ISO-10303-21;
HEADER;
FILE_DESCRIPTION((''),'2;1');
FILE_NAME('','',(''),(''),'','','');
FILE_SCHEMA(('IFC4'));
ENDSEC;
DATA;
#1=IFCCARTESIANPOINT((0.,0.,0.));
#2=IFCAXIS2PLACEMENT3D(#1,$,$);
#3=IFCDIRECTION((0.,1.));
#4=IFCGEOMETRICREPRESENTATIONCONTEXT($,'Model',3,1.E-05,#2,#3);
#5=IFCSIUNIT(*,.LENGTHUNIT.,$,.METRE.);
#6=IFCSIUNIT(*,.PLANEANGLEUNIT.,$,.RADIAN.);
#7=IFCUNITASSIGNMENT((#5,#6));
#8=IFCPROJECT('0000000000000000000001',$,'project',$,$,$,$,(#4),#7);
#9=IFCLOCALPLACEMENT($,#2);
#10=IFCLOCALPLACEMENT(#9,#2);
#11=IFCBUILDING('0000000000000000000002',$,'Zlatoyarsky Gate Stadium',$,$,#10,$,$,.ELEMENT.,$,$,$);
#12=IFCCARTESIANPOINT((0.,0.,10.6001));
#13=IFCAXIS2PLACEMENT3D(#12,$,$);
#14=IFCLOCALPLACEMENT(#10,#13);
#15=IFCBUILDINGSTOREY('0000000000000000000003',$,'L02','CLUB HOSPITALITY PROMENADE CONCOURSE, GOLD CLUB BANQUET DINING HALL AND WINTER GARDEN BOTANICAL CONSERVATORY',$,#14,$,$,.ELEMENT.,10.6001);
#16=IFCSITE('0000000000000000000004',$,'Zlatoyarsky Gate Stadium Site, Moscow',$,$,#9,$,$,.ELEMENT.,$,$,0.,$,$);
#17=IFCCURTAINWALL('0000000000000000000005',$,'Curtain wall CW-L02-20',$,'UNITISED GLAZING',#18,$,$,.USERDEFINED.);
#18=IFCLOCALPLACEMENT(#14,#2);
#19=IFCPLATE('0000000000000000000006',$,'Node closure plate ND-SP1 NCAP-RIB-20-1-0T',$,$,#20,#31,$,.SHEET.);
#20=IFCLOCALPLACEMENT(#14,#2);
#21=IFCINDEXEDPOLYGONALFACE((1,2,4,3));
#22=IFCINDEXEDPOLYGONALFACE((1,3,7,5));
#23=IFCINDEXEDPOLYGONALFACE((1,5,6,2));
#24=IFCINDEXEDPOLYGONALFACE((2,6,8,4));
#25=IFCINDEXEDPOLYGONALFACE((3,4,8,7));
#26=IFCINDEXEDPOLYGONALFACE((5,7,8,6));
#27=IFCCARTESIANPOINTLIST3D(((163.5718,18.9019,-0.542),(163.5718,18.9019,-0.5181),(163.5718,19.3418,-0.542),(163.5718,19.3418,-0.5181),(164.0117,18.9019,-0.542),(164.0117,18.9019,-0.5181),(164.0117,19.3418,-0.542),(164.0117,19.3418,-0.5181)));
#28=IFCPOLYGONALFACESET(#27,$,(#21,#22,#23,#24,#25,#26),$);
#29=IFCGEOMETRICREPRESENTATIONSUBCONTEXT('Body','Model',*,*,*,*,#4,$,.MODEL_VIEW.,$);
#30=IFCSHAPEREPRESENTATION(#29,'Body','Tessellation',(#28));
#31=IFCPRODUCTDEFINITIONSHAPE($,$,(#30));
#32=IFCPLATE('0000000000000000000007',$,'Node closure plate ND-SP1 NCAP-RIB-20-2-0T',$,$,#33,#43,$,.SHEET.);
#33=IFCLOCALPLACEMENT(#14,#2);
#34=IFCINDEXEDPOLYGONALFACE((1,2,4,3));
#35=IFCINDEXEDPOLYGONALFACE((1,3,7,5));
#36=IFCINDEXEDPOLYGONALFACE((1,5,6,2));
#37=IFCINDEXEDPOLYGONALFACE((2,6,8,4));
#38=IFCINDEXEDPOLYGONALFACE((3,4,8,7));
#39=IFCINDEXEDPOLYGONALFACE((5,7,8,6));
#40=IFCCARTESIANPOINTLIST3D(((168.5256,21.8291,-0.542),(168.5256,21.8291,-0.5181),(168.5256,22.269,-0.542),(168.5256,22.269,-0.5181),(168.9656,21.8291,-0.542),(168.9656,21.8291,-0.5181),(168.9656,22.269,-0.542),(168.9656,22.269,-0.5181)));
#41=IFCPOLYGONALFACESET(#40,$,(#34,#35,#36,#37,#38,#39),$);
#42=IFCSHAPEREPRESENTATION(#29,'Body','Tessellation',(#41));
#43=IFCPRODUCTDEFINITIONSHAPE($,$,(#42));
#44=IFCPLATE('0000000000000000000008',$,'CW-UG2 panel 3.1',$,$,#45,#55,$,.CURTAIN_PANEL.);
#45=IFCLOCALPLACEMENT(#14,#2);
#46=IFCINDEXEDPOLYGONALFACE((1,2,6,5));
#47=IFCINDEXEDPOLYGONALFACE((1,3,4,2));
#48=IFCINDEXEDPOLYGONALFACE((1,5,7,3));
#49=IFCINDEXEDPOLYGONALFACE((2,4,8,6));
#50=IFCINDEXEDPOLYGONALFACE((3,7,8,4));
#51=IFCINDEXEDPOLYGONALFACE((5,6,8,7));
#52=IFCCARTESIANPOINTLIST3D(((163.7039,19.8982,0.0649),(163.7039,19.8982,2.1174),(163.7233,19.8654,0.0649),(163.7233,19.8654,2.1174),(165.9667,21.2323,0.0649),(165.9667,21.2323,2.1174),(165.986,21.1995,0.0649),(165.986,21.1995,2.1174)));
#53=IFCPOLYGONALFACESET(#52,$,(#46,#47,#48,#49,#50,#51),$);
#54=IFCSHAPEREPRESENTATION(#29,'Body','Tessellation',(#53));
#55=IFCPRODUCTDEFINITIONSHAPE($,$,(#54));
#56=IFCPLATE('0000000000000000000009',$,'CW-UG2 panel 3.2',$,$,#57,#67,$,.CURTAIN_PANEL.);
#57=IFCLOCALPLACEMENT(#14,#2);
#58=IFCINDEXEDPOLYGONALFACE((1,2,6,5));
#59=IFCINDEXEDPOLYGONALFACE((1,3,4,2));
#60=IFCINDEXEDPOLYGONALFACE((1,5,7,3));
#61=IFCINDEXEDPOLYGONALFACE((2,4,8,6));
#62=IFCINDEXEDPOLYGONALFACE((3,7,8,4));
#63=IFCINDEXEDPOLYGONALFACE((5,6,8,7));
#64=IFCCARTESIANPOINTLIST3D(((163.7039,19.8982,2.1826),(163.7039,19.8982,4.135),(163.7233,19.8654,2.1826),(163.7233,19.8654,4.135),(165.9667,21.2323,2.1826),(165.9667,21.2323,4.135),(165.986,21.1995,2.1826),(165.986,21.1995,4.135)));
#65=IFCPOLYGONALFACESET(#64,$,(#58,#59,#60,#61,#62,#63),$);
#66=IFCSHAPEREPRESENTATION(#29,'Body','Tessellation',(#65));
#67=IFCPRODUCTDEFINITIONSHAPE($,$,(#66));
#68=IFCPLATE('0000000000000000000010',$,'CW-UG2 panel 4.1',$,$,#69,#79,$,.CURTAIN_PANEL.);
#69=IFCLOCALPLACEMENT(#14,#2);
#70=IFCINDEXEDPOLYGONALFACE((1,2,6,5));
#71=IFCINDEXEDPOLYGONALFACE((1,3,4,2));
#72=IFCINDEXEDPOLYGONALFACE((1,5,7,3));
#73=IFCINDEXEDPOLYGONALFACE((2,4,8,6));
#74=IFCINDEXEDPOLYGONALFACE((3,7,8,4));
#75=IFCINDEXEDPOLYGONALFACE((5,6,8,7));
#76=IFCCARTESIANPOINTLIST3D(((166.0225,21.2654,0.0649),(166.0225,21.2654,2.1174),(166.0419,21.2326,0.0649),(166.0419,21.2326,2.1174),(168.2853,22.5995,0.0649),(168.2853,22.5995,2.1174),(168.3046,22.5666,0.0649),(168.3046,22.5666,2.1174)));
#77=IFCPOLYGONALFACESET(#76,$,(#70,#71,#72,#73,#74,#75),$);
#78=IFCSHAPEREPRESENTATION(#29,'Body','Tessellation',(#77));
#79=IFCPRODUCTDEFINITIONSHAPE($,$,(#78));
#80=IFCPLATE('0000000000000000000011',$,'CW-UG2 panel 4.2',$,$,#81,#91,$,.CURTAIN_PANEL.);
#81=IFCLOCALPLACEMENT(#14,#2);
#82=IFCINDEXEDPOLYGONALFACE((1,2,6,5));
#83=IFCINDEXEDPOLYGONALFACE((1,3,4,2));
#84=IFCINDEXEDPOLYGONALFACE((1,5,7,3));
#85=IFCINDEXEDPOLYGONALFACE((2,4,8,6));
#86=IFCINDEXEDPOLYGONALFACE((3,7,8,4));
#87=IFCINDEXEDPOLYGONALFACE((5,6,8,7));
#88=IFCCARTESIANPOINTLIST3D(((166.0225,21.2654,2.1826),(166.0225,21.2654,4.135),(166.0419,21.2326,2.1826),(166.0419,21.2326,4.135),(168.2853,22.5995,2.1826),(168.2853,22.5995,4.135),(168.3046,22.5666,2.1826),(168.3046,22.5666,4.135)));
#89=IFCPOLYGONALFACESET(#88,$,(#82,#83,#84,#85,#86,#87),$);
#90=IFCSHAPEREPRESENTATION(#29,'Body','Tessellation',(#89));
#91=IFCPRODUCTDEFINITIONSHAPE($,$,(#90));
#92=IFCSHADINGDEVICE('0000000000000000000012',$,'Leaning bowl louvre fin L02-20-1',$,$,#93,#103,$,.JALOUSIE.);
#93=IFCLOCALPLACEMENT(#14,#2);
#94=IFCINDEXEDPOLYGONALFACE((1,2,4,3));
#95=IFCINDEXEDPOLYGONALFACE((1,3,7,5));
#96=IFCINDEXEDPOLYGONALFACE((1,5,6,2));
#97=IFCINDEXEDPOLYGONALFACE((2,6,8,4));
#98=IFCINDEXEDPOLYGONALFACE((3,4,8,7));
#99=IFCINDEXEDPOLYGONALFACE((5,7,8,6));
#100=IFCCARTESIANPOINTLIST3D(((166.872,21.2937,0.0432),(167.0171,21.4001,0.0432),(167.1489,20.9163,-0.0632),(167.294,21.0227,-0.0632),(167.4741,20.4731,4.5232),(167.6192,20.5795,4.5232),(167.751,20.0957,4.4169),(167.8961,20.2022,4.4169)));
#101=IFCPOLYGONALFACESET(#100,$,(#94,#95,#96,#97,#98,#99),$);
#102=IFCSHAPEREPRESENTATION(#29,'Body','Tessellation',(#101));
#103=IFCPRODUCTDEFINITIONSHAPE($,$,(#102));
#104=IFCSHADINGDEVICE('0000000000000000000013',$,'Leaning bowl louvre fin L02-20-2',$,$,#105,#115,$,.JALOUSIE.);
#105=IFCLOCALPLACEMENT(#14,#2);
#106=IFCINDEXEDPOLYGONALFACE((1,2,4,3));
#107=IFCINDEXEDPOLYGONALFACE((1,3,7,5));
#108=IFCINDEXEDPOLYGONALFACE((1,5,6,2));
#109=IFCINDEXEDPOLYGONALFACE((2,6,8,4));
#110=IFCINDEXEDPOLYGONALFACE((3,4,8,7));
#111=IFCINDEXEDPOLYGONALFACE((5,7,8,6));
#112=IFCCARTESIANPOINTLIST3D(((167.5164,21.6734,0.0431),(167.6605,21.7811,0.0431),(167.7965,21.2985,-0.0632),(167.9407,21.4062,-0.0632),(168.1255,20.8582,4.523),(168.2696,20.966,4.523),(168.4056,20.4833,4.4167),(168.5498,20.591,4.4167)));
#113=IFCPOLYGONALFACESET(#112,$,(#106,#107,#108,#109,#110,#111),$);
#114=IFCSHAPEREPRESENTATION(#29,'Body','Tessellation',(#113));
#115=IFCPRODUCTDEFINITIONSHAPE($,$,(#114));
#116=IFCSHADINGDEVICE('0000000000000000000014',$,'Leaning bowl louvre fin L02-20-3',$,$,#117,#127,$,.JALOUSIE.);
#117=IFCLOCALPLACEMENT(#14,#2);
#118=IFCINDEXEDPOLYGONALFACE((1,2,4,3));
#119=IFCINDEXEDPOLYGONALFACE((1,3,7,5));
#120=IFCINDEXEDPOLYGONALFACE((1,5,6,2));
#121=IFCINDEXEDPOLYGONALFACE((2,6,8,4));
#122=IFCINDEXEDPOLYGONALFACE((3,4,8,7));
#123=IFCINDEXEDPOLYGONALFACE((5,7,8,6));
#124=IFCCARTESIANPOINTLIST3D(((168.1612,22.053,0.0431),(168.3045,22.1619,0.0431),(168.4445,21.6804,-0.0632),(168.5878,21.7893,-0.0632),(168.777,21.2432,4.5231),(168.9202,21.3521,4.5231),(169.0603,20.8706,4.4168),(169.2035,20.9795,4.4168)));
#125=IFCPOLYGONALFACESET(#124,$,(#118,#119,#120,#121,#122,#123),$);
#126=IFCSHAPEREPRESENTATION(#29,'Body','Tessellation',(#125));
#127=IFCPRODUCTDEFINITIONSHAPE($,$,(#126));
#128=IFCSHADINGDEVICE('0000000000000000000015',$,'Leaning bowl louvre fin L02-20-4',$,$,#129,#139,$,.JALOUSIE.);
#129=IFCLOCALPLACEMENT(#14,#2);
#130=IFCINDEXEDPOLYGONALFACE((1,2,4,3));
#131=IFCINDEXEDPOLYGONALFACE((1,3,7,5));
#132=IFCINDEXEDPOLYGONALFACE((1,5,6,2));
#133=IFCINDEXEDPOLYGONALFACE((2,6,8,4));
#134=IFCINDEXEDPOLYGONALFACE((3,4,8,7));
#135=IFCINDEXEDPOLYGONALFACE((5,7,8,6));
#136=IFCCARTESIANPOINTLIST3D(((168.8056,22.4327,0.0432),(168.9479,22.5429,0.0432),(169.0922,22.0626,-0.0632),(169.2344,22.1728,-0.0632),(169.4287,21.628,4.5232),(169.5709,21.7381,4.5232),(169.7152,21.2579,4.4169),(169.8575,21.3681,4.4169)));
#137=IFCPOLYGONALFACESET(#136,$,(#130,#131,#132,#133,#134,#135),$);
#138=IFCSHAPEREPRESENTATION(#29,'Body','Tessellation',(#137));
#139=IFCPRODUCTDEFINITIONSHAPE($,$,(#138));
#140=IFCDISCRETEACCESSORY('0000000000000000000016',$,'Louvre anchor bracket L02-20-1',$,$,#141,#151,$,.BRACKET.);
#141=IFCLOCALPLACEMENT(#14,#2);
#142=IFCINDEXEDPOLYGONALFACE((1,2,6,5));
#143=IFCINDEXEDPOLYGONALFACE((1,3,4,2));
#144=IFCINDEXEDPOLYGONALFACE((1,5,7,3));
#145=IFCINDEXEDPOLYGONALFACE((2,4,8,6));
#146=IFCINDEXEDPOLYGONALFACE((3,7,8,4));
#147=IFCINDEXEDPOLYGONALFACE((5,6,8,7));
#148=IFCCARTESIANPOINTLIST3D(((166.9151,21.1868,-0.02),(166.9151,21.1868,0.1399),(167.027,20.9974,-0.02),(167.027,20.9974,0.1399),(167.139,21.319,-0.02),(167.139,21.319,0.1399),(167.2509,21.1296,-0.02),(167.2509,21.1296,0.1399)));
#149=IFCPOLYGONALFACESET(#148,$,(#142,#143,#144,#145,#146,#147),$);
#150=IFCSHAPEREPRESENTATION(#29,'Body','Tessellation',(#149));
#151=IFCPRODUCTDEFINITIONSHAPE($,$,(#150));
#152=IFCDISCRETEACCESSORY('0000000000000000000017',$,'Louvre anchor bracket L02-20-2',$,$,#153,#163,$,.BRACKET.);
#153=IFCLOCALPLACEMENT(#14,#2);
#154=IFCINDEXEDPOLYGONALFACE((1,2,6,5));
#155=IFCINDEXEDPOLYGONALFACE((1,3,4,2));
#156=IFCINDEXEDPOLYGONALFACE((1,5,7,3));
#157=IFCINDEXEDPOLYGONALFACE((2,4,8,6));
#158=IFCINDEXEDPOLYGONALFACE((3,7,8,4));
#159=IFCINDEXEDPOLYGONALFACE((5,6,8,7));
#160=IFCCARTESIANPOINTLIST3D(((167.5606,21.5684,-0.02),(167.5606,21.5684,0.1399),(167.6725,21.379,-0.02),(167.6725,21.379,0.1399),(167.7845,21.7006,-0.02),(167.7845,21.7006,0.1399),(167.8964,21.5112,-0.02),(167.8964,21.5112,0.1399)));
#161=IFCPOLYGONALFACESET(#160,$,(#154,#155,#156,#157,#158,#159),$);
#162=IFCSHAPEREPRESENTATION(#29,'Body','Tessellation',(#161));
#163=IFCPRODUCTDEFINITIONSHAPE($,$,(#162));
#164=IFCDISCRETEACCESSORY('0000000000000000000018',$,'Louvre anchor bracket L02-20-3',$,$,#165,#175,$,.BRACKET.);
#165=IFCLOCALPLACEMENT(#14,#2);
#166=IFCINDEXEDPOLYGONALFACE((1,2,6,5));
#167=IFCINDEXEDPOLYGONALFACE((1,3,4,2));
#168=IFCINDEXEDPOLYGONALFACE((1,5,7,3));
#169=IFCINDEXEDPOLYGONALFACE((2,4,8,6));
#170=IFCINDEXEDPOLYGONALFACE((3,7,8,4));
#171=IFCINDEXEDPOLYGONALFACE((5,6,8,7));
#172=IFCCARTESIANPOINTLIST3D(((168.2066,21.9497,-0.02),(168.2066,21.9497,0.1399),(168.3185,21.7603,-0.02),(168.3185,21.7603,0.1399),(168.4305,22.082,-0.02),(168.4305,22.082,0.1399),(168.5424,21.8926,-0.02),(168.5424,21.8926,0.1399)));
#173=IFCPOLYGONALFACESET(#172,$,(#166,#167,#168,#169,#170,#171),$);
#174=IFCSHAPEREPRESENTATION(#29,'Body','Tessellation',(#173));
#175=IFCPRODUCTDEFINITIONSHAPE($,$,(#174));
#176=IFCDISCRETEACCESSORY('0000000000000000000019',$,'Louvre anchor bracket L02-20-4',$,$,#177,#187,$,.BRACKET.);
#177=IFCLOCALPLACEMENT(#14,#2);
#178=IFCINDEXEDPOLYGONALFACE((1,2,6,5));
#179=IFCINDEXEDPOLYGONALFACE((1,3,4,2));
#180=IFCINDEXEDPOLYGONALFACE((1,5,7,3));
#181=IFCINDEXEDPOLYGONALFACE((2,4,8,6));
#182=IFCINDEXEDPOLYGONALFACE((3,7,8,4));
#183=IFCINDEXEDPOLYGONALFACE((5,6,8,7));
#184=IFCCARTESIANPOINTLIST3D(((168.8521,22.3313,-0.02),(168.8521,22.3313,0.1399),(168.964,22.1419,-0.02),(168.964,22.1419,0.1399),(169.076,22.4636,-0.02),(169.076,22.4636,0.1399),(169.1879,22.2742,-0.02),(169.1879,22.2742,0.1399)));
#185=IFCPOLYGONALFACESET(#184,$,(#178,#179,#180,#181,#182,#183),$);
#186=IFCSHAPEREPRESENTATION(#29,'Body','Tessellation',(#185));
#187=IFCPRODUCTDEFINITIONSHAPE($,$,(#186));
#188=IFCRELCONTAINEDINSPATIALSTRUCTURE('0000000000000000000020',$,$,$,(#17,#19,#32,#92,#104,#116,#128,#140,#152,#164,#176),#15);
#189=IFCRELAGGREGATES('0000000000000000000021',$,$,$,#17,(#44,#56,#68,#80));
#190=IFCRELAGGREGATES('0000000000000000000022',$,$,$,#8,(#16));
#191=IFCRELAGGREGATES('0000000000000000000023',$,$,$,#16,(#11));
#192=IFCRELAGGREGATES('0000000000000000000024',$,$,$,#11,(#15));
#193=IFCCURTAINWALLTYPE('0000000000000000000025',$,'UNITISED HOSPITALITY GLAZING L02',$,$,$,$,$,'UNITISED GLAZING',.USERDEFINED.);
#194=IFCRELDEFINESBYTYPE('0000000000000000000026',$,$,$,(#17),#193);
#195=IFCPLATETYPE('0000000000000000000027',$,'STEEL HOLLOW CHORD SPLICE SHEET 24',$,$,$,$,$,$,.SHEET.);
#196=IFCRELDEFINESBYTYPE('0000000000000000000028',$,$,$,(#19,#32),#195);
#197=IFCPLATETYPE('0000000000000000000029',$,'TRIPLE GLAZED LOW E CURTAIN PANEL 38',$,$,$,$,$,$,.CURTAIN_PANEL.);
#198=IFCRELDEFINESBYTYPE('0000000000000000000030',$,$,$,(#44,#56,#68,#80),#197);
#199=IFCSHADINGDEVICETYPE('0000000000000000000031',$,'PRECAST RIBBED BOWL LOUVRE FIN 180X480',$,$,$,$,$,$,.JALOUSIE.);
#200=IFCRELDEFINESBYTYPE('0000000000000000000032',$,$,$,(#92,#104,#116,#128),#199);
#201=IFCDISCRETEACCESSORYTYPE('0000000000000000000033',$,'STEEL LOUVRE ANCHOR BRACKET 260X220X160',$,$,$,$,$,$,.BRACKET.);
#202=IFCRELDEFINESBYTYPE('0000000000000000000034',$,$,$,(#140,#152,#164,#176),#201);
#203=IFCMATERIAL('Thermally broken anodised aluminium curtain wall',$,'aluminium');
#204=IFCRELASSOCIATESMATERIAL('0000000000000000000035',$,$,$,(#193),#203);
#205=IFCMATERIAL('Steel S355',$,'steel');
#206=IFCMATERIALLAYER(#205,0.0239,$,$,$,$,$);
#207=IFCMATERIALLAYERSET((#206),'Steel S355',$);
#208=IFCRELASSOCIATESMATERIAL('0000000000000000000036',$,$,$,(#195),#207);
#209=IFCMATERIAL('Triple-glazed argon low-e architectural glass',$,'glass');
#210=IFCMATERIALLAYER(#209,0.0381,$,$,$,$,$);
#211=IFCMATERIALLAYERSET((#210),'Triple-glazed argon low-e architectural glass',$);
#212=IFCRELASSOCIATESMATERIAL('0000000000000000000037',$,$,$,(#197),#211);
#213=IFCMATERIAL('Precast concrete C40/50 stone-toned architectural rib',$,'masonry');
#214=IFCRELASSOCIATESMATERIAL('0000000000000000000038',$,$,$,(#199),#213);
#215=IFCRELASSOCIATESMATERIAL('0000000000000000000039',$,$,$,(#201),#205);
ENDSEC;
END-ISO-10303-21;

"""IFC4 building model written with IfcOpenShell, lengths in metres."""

from ifc_helpers import new_model, si_unit, direction, frame, origin, origin_2d, place, context, subcontext, project, spatial, rectangle, extrude, material, layer, layer_set, material_profile, profile_set, type_object, element, aggregate, save


model = new_model("IFC4")

# Units and contexts
model_context = context("Model", 3, precision=1e-05, world=origin(), true_north=direction((0.0, 1.0)))
body_context = subcontext(model_context, "Body", "Model", "MODEL_VIEW")
ifc_project = project(units=[si_unit("LENGTHUNIT", "METRE"), si_unit("PLANEANGLEUNIT", "RADIAN")], contexts=[model_context])

# Site, building, storey
site_placement = place(None, origin())
site = spatial("IfcSite", under=ifc_project, at=site_placement, Name="Zlatoyarsky Gate Stadium Site, Moscow", CompositionType="ELEMENT", RefElevation=0.0)
building_placement = place(site_placement, origin())
building = spatial("IfcBuilding", under=site, at=building_placement, Name="Zlatoyarsky Gate Stadium", CompositionType="ELEMENT")
storey_placement = place(building_placement, frame((0.0, 0.0, 10.6001)))
storey = spatial("IfcBuildingStorey", under=building, at=storey_placement, Name="L02", Description="CLUB HOSPITALITY PROMENADE CONCOURSE, GOLD CLUB BANQUET DINING HALL AND WINTER GARDEN BOTANICAL CONSERVATORY", CompositionType="ELEMENT", Elevation=10.6001)

# Curtain wall
ifc_material_1 = material(Name="Thermally broken anodised aluminium curtain wall", Category="aluminium")
curtain_wall_type = type_object("IfcCurtainWallType", Name="UNITISED HOSPITALITY GLAZING L02", ElementType="UNITISED GLAZING", PredefinedType="USERDEFINED", material=ifc_material_1)
curtain_wall_placement = place(storey_placement, origin())
curtain_wall = element("IfcCurtainWall", 1, at=curtain_wall_placement, inside=storey, type_object=curtain_wall_type, Name="Curtain wall CW-L02-20", ObjectType="UNITISED GLAZING", PredefinedType="USERDEFINED")

# Shared definitions
ifc_material_2 = material(Name="Steel S355", Category="steel")

# Plates
ifc_layer_1 = layer(ifc_material_2, 0.0239)
ifc_layer_set_1 = layer_set([ifc_layer_1], Name="Steel S355")
plate_type_1 = type_object("IfcPlateType", Name="STEEL HOLLOW CHORD SPLICE SHEET 24", PredefinedType="SHEET", material=ifc_layer_set_1)
for number, where, z_axis, x_axis, name in (
    (2, (163.7917, 19.1218, -0.542), (0.0, 0.0, 1.0), (1.0, 0.0, 0.0), "Node closure plate ND-SP1 NCAP-RIB-20-1-0T"),
    (3, (168.7456, 22.0491, -0.542), (0.0, 0.0, 1.0), (1.0, 0.0, 0.0), "Node closure plate ND-SP1 NCAP-RIB-20-2-0T"),
):
    element("IfcPlate", number, at=place(storey_placement, frame(where, z_axis=z_axis, x_axis=x_axis)), inside=storey, type_object=plate_type_1, Name=name, PredefinedType="SHEET", context=body_context, shape_type="SweptSolid", body=[
        extrude(rectangle(XDim=0.4399, YDim=0.4399, at=origin_2d()), origin(), (0.0, 0.0, 1.0), 0.0239),
    ])

# Plates
ifc_material_3 = material(Name="Triple-glazed argon low-e architectural glass", Category="glass")
ifc_layer_2 = layer(ifc_material_3, 0.0381)
ifc_layer_set_2 = layer_set([ifc_layer_2], Name="Triple-glazed argon low-e architectural glass")
plate_type_2 = type_object("IfcPlateType", Name="TRIPLE GLAZED LOW E CURTAIN PANEL 38", PredefinedType="CURTAIN_PANEL", material=ifc_layer_set_2)
plate_1_placement = place(storey_placement, frame((164.845, 20.5488, 0.0649), z_axis=(0.0, 0.0, 1.0), x_axis=(0.861425, 0.507884, 0.0)))
plate_1 = element("IfcPlate", 4, at=plate_1_placement, type_object=plate_type_2, Name="CW-UG2 panel 3.1", PredefinedType="CURTAIN_PANEL", context=body_context, shape_type="SweptSolid", body=[
    extrude(rectangle(XDim=2.6267, YDim=0.0381, at=origin_2d()), origin(), (0.0, 0.0, 1.0), 2.0525),
])
plate_2_placement = place(storey_placement, frame((164.845, 20.5488, 2.1826), z_axis=(0.0, 0.0, 1.0), x_axis=(0.861425, 0.507884, 0.0)))
plate_2 = element("IfcPlate", 5, at=plate_2_placement, type_object=plate_type_2, Name="CW-UG2 panel 3.2", PredefinedType="CURTAIN_PANEL", context=body_context, shape_type="SweptSolid", body=[
    extrude(rectangle(XDim=2.6267, YDim=0.0381, at=origin_2d()), origin(), (0.0, 0.0, 1.0), 1.9524),
])
plate_3_placement = place(storey_placement, frame((167.1636, 21.916, 0.0649), z_axis=(0.0, 0.0, 1.0), x_axis=(0.861425, 0.507884, 0.0)))
plate_3 = element("IfcPlate", 6, at=plate_3_placement, type_object=plate_type_2, Name="CW-UG2 panel 4.1", PredefinedType="CURTAIN_PANEL", context=body_context, shape_type="SweptSolid", body=[
    extrude(rectangle(XDim=2.6267, YDim=0.0381, at=origin_2d()), origin(), (0.0, 0.0, 1.0), 2.0525),
])
plate_4_placement = place(storey_placement, frame((167.1636, 21.916, 2.1826), z_axis=(0.0, 0.0, 1.0), x_axis=(0.861425, 0.507884, 0.0)))
plate_4 = element("IfcPlate", 7, at=plate_4_placement, type_object=plate_type_2, Name="CW-UG2 panel 4.2", PredefinedType="CURTAIN_PANEL", context=body_context, shape_type="SweptSolid", body=[
    extrude(rectangle(XDim=2.6267, YDim=0.0381, at=origin_2d()), origin(), (0.0, 0.0, 1.0), 1.9524),
])
aggregate(curtain_wall, [plate_1, plate_2, plate_3, plate_4])

# Shading devices
ifc_material_4 = material(Name="Precast concrete C40/50 stone-toned architectural rib", Category="masonry")
ifc_material_profile_1 = material_profile(ifc_material_4, rectangle(XDim=0.1799, YDim=0.48, at=origin_2d()), Name="RIB 180X480")
ifc_profile_set_1 = profile_set([ifc_material_profile_1], Name="Precast concrete C40/50 stone-toned architectural rib")
shading_device_type = type_object("IfcShadingDeviceType", Name="PRECAST RIBBED BOWL LOUVRE FIN 180X480", PredefinedType="JALOUSIE", material=ifc_profile_set_1)
shading_device_1_placement = place(storey_placement, frame((167.083, 21.1582, -0.01), z_axis=(0.131048, -0.17861, 0.975154), x_axis=(0.80626, 0.591561, 0.0)))
element("IfcShadingDevice", 8, at=shading_device_1_placement, inside=storey, type_object=shading_device_type, Name="Leaning bowl louvre fin L02-20-1", PredefinedType="JALOUSIE", context=body_context, shape_type="SweptSolid", body=[
    extrude(rectangle(XDim=0.1799, YDim=0.48, at=origin_2d()), origin(), (0.0, 0.0, 1.0), 4.5942),
])
for number, where, z_axis, x_axis, name in (
    (9, (167.7285, 21.5398, -0.01), (0.13259, -0.177442, 0.975159), (0.801064, 0.598579, 0.0), "Leaning bowl louvre fin L02-20-2"),
    (10, (168.3745, 21.9211, -0.01), (0.134027, -0.176275, 0.975174), (0.796037, 0.605248, 0.0), "Leaning bowl louvre fin L02-20-3"),
):
    element("IfcShadingDevice", number, at=place(storey_placement, frame(where, z_axis=z_axis, x_axis=x_axis)), inside=storey, type_object=shading_device_type, Name=name, PredefinedType="JALOUSIE", context=body_context, shape_type="SweptSolid", body=[
        extrude(rectangle(XDim=0.1799, YDim=0.48, at=origin_2d()), origin(), (0.0, 0.0, 1.0), 4.594),
    ])
shading_device_2_placement = place(storey_placement, frame((169.02, 22.3027, -0.01), z_axis=(0.135618, -0.175156, 0.975155), x_axis=(0.790694, 0.612212, 0.0)))
element("IfcShadingDevice", 11, at=shading_device_2_placement, inside=storey, type_object=shading_device_type, Name="Leaning bowl louvre fin L02-20-4", PredefinedType="JALOUSIE", context=body_context, shape_type="SweptSolid", body=[
    extrude(rectangle(XDim=0.1799, YDim=0.48, at=origin_2d()), origin(), (0.0, 0.0, 1.0), 4.5942),
])

# Discrete accessories
discrete_accessory_type = type_object("IfcDiscreteAccessoryType", Name="STEEL LOUVRE ANCHOR BRACKET 260X220X160", PredefinedType="BRACKET", material=ifc_material_2)
for number, where, z_axis, x_axis, name in (
    (12, (167.083, 21.1582, -0.02), (0.0, 0.0, 1.0), (0.860992, 0.508619, 0.0), "Louvre anchor bracket L02-20-1"),
    (13, (167.7285, 21.5398, -0.02), (0.0, 0.0, 1.0), (0.860992, 0.508619, 0.0), "Louvre anchor bracket L02-20-2"),
    (14, (168.3745, 21.9211, -0.02), (0.0, 0.0, 1.0), (0.860992, 0.508619, 0.0), "Louvre anchor bracket L02-20-3"),
    (15, (169.02, 22.3027, -0.02), (0.0, 0.0, 1.0), (0.860992, 0.508619, 0.0), "Louvre anchor bracket L02-20-4"),
):
    element("IfcDiscreteAccessory", number, at=place(storey_placement, frame(where, z_axis=z_axis, x_axis=x_axis)), inside=storey, type_object=discrete_accessory_type, Name=name, PredefinedType="BRACKET", context=body_context, shape_type="SweptSolid", body=[
        extrude(rectangle(XDim=0.26, YDim=0.22, at=origin_2d()), origin(), (0.0, 0.0, 1.0), 0.1599),
    ])

save(model, "model.ifc")
